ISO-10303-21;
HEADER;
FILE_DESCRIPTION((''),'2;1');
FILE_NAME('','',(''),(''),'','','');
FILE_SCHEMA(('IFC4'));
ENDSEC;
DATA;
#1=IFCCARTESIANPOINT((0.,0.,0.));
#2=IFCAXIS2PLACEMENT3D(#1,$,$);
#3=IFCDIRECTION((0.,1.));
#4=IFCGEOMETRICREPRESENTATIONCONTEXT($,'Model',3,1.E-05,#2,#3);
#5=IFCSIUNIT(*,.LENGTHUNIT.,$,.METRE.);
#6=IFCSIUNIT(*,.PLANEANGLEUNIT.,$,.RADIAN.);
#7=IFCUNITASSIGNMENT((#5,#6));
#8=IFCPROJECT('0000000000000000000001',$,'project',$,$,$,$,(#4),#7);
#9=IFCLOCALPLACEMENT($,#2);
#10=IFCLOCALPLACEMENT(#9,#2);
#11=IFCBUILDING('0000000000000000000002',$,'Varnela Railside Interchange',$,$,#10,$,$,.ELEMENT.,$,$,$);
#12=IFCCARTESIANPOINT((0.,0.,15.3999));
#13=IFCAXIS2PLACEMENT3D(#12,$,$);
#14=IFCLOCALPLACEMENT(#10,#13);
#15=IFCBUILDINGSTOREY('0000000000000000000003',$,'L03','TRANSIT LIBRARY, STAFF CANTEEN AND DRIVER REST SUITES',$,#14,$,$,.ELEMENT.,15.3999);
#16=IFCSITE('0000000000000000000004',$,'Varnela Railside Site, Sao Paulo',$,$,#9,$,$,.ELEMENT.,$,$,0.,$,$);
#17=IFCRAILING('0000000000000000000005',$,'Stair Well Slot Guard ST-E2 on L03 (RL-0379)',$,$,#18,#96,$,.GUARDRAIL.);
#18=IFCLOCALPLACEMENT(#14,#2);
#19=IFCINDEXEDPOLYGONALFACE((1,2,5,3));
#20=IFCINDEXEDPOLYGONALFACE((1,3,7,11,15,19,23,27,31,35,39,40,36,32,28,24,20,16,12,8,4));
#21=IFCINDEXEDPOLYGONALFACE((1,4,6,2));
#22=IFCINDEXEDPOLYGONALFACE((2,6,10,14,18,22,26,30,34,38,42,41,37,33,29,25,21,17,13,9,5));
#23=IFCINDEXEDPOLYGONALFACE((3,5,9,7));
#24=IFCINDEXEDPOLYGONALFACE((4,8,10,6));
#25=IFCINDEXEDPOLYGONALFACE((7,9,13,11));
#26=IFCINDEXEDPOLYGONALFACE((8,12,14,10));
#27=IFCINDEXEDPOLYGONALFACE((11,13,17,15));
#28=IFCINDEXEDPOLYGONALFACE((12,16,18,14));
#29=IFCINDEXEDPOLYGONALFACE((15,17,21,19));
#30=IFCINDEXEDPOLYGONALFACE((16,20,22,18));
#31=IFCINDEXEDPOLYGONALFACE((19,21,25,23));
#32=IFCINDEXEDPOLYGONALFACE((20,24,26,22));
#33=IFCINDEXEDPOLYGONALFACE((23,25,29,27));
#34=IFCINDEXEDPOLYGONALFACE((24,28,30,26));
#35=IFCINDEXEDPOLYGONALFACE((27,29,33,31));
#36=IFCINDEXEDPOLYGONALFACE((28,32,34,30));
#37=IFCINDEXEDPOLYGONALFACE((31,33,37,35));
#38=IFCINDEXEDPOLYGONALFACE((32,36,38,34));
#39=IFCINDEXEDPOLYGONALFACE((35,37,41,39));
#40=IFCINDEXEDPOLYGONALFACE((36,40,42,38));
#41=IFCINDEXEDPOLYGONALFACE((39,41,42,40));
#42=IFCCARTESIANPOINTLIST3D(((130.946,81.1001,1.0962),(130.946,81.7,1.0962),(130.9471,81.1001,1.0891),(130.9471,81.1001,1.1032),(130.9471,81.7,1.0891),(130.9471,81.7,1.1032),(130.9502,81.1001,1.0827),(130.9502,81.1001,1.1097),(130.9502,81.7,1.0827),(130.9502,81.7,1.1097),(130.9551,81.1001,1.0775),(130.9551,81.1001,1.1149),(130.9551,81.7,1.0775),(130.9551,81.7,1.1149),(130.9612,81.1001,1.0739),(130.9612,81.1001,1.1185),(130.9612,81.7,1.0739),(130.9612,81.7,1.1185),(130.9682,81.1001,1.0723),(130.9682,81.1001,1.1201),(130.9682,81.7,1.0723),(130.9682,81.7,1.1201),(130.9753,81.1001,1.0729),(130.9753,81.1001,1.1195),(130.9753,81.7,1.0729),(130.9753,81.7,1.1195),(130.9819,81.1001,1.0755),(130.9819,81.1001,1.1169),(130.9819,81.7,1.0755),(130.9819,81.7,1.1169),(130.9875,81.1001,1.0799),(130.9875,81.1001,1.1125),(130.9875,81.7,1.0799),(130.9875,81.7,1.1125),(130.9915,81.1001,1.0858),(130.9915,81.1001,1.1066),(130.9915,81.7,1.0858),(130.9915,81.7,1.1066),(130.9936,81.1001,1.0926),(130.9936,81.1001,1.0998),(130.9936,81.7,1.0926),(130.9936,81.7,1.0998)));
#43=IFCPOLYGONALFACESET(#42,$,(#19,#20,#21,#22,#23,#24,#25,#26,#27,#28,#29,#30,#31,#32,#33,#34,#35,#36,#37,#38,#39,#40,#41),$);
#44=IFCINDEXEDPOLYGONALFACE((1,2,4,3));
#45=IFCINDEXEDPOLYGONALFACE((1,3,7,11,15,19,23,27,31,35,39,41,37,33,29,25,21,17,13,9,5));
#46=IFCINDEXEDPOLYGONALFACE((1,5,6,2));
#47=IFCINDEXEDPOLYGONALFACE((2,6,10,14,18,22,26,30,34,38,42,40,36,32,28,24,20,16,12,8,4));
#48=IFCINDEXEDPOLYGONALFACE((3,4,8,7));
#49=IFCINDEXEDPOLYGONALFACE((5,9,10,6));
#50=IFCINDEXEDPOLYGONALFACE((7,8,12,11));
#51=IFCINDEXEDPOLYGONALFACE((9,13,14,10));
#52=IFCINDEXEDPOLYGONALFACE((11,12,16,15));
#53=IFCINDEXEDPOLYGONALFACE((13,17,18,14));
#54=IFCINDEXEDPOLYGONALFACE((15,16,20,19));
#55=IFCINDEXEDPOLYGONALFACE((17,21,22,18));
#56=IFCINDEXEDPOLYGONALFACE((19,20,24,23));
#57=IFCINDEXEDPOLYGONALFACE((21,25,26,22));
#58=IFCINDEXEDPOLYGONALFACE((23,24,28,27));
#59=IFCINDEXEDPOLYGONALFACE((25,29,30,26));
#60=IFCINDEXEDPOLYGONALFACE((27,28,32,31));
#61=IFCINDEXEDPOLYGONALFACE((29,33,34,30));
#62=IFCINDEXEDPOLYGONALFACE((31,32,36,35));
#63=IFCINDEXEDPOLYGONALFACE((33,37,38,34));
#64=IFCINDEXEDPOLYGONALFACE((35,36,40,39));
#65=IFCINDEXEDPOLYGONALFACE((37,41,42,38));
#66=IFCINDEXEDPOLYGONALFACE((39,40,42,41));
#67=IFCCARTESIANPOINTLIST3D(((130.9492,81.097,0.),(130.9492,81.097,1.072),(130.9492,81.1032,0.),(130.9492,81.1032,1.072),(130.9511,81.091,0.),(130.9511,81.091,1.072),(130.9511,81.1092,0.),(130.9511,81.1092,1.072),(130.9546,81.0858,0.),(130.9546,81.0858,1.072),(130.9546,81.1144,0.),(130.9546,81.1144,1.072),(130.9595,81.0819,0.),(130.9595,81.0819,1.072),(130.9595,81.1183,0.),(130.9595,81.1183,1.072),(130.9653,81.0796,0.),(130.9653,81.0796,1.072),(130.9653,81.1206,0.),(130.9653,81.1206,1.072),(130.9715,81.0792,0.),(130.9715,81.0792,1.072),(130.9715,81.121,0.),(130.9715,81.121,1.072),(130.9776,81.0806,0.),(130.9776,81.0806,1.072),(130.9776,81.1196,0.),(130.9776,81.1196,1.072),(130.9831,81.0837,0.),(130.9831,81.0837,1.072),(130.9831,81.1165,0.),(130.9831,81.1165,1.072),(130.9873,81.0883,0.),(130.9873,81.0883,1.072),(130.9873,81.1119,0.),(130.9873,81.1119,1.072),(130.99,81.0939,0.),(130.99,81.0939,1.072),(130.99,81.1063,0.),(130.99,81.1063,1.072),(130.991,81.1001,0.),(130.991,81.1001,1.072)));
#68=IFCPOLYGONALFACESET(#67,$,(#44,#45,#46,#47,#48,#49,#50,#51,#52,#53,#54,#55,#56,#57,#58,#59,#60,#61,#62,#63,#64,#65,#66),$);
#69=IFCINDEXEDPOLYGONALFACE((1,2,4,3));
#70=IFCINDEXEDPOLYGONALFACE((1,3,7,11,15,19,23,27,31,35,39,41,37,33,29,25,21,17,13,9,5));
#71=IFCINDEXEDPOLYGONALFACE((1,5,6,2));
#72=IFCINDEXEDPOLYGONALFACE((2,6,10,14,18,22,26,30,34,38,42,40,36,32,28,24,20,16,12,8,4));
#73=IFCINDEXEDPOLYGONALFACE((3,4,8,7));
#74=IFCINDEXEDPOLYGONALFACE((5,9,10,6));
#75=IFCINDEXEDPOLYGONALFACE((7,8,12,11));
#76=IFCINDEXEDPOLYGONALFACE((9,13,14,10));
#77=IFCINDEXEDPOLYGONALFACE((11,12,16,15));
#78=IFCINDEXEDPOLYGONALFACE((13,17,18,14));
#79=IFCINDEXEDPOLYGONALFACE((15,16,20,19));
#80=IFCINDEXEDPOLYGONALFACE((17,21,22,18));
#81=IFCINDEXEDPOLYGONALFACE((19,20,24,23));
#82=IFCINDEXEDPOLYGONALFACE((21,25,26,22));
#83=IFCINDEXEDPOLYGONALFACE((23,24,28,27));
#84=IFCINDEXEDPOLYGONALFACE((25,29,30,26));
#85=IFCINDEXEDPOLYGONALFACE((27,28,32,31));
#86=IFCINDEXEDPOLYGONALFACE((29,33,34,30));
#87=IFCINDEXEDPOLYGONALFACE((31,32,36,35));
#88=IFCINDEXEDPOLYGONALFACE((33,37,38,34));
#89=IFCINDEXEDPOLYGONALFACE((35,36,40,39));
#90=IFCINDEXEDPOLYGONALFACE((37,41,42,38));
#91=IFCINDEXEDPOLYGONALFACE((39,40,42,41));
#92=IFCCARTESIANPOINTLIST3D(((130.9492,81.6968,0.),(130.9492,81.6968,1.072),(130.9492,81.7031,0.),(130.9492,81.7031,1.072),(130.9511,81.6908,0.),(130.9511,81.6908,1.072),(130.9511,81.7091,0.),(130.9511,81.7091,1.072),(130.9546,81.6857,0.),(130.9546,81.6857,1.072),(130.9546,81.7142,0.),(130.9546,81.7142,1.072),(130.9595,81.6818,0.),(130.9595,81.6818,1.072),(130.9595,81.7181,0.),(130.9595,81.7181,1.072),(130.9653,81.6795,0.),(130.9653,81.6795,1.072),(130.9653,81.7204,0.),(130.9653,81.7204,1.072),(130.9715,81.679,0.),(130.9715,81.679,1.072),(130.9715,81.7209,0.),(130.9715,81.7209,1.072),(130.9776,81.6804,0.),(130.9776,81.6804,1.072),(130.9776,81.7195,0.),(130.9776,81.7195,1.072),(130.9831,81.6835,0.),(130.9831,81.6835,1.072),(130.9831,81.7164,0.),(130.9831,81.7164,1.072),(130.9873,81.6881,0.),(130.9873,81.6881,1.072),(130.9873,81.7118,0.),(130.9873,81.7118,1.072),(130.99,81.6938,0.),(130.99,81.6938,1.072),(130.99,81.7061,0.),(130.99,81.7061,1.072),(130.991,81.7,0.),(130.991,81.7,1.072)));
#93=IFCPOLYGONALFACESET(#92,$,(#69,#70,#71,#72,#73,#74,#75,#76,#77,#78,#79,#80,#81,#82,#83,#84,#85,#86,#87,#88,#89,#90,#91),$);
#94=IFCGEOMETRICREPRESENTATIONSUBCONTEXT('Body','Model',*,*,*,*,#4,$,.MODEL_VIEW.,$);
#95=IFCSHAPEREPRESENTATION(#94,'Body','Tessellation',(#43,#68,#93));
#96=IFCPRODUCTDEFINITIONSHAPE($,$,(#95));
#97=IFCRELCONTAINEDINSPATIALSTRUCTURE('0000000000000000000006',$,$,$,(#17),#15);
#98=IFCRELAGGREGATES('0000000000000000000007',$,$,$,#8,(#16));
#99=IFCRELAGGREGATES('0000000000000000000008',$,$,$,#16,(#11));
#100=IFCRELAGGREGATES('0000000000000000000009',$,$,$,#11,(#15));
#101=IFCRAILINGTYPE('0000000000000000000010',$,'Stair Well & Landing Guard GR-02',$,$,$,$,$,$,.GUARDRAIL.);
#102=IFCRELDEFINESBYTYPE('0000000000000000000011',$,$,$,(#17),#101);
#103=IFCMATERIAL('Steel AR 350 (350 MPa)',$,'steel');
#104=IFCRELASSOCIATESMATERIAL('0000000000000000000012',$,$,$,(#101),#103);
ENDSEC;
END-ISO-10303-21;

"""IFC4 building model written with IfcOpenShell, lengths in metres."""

from ifc_helpers import new_model, si_unit, direction, frame, origin, origin_2d, place, context, subcontext, project, spatial, circle, extrude, material, type_object, element, save


model = new_model("IFC4")

# Units and contexts
model_context = context("Model", 3, precision=1e-05, world=origin(), true_north=direction((0.0, 1.0)))
body_context = subcontext(model_context, "Body", "Model", "MODEL_VIEW")
ifc_project = project(units=[si_unit("LENGTHUNIT", "METRE"), si_unit("PLANEANGLEUNIT", "RADIAN")], contexts=[model_context])

# Site, building, storey
site_placement = place(None, origin())
site = spatial("IfcSite", under=ifc_project, at=site_placement, Name="Varnela Railside Site, Sao Paulo", CompositionType="ELEMENT", RefElevation=0.0)
building_placement = place(site_placement, origin())
building = spatial("IfcBuilding", under=site, at=building_placement, Name="Varnela Railside Interchange", CompositionType="ELEMENT")
storey_placement = place(building_placement, frame((0.0, 0.0, 15.3999)))
storey = spatial("IfcBuildingStorey", under=building, at=storey_placement, Name="L03", Description="TRANSIT LIBRARY, STAFF CANTEEN AND DRIVER REST SUITES", CompositionType="ELEMENT", Elevation=15.3999)

# Shared definitions
ifc_material_1 = material(Name="Steel AR 350 (350 MPa)", Category="steel")

# Railing
railing_type_1 = type_object("IfcRailingType", Name="Stair Well & Landing Guard GR-02", PredefinedType="GUARDRAIL", material=ifc_material_1)
railing_1_placement = place(storey_placement, frame((130.97, 81.1001, 0.0)))
element("IfcRailing", 1, at=railing_1_placement, inside=storey, type_object=railing_type_1, Name="Stair Well Slot Guard ST-E2 on L03 (RL-0379)", PredefinedType="GUARDRAIL", context=body_context, shape_type="SweptSolid", body=[
    extrude(circle(Radius=0.0239, at=origin_2d()), frame((0.0, 0.0, 1.0962), z_axis=(0.0, 1.0, 0.0), x_axis=(-1.0, 0.0, 0.0)), (0.0, 0.0, 1.0), 0.5999),
    extrude(circle(Radius=0.021, at=origin_2d()), origin(), (0.0, 0.0, 1.0), 1.072),
    extrude(circle(Radius=0.021, at=origin_2d()), frame((0.0, 0.5999, 0.0)), (0.0, 0.0, 1.0), 1.072),
])

save(model, "model.ifc")
